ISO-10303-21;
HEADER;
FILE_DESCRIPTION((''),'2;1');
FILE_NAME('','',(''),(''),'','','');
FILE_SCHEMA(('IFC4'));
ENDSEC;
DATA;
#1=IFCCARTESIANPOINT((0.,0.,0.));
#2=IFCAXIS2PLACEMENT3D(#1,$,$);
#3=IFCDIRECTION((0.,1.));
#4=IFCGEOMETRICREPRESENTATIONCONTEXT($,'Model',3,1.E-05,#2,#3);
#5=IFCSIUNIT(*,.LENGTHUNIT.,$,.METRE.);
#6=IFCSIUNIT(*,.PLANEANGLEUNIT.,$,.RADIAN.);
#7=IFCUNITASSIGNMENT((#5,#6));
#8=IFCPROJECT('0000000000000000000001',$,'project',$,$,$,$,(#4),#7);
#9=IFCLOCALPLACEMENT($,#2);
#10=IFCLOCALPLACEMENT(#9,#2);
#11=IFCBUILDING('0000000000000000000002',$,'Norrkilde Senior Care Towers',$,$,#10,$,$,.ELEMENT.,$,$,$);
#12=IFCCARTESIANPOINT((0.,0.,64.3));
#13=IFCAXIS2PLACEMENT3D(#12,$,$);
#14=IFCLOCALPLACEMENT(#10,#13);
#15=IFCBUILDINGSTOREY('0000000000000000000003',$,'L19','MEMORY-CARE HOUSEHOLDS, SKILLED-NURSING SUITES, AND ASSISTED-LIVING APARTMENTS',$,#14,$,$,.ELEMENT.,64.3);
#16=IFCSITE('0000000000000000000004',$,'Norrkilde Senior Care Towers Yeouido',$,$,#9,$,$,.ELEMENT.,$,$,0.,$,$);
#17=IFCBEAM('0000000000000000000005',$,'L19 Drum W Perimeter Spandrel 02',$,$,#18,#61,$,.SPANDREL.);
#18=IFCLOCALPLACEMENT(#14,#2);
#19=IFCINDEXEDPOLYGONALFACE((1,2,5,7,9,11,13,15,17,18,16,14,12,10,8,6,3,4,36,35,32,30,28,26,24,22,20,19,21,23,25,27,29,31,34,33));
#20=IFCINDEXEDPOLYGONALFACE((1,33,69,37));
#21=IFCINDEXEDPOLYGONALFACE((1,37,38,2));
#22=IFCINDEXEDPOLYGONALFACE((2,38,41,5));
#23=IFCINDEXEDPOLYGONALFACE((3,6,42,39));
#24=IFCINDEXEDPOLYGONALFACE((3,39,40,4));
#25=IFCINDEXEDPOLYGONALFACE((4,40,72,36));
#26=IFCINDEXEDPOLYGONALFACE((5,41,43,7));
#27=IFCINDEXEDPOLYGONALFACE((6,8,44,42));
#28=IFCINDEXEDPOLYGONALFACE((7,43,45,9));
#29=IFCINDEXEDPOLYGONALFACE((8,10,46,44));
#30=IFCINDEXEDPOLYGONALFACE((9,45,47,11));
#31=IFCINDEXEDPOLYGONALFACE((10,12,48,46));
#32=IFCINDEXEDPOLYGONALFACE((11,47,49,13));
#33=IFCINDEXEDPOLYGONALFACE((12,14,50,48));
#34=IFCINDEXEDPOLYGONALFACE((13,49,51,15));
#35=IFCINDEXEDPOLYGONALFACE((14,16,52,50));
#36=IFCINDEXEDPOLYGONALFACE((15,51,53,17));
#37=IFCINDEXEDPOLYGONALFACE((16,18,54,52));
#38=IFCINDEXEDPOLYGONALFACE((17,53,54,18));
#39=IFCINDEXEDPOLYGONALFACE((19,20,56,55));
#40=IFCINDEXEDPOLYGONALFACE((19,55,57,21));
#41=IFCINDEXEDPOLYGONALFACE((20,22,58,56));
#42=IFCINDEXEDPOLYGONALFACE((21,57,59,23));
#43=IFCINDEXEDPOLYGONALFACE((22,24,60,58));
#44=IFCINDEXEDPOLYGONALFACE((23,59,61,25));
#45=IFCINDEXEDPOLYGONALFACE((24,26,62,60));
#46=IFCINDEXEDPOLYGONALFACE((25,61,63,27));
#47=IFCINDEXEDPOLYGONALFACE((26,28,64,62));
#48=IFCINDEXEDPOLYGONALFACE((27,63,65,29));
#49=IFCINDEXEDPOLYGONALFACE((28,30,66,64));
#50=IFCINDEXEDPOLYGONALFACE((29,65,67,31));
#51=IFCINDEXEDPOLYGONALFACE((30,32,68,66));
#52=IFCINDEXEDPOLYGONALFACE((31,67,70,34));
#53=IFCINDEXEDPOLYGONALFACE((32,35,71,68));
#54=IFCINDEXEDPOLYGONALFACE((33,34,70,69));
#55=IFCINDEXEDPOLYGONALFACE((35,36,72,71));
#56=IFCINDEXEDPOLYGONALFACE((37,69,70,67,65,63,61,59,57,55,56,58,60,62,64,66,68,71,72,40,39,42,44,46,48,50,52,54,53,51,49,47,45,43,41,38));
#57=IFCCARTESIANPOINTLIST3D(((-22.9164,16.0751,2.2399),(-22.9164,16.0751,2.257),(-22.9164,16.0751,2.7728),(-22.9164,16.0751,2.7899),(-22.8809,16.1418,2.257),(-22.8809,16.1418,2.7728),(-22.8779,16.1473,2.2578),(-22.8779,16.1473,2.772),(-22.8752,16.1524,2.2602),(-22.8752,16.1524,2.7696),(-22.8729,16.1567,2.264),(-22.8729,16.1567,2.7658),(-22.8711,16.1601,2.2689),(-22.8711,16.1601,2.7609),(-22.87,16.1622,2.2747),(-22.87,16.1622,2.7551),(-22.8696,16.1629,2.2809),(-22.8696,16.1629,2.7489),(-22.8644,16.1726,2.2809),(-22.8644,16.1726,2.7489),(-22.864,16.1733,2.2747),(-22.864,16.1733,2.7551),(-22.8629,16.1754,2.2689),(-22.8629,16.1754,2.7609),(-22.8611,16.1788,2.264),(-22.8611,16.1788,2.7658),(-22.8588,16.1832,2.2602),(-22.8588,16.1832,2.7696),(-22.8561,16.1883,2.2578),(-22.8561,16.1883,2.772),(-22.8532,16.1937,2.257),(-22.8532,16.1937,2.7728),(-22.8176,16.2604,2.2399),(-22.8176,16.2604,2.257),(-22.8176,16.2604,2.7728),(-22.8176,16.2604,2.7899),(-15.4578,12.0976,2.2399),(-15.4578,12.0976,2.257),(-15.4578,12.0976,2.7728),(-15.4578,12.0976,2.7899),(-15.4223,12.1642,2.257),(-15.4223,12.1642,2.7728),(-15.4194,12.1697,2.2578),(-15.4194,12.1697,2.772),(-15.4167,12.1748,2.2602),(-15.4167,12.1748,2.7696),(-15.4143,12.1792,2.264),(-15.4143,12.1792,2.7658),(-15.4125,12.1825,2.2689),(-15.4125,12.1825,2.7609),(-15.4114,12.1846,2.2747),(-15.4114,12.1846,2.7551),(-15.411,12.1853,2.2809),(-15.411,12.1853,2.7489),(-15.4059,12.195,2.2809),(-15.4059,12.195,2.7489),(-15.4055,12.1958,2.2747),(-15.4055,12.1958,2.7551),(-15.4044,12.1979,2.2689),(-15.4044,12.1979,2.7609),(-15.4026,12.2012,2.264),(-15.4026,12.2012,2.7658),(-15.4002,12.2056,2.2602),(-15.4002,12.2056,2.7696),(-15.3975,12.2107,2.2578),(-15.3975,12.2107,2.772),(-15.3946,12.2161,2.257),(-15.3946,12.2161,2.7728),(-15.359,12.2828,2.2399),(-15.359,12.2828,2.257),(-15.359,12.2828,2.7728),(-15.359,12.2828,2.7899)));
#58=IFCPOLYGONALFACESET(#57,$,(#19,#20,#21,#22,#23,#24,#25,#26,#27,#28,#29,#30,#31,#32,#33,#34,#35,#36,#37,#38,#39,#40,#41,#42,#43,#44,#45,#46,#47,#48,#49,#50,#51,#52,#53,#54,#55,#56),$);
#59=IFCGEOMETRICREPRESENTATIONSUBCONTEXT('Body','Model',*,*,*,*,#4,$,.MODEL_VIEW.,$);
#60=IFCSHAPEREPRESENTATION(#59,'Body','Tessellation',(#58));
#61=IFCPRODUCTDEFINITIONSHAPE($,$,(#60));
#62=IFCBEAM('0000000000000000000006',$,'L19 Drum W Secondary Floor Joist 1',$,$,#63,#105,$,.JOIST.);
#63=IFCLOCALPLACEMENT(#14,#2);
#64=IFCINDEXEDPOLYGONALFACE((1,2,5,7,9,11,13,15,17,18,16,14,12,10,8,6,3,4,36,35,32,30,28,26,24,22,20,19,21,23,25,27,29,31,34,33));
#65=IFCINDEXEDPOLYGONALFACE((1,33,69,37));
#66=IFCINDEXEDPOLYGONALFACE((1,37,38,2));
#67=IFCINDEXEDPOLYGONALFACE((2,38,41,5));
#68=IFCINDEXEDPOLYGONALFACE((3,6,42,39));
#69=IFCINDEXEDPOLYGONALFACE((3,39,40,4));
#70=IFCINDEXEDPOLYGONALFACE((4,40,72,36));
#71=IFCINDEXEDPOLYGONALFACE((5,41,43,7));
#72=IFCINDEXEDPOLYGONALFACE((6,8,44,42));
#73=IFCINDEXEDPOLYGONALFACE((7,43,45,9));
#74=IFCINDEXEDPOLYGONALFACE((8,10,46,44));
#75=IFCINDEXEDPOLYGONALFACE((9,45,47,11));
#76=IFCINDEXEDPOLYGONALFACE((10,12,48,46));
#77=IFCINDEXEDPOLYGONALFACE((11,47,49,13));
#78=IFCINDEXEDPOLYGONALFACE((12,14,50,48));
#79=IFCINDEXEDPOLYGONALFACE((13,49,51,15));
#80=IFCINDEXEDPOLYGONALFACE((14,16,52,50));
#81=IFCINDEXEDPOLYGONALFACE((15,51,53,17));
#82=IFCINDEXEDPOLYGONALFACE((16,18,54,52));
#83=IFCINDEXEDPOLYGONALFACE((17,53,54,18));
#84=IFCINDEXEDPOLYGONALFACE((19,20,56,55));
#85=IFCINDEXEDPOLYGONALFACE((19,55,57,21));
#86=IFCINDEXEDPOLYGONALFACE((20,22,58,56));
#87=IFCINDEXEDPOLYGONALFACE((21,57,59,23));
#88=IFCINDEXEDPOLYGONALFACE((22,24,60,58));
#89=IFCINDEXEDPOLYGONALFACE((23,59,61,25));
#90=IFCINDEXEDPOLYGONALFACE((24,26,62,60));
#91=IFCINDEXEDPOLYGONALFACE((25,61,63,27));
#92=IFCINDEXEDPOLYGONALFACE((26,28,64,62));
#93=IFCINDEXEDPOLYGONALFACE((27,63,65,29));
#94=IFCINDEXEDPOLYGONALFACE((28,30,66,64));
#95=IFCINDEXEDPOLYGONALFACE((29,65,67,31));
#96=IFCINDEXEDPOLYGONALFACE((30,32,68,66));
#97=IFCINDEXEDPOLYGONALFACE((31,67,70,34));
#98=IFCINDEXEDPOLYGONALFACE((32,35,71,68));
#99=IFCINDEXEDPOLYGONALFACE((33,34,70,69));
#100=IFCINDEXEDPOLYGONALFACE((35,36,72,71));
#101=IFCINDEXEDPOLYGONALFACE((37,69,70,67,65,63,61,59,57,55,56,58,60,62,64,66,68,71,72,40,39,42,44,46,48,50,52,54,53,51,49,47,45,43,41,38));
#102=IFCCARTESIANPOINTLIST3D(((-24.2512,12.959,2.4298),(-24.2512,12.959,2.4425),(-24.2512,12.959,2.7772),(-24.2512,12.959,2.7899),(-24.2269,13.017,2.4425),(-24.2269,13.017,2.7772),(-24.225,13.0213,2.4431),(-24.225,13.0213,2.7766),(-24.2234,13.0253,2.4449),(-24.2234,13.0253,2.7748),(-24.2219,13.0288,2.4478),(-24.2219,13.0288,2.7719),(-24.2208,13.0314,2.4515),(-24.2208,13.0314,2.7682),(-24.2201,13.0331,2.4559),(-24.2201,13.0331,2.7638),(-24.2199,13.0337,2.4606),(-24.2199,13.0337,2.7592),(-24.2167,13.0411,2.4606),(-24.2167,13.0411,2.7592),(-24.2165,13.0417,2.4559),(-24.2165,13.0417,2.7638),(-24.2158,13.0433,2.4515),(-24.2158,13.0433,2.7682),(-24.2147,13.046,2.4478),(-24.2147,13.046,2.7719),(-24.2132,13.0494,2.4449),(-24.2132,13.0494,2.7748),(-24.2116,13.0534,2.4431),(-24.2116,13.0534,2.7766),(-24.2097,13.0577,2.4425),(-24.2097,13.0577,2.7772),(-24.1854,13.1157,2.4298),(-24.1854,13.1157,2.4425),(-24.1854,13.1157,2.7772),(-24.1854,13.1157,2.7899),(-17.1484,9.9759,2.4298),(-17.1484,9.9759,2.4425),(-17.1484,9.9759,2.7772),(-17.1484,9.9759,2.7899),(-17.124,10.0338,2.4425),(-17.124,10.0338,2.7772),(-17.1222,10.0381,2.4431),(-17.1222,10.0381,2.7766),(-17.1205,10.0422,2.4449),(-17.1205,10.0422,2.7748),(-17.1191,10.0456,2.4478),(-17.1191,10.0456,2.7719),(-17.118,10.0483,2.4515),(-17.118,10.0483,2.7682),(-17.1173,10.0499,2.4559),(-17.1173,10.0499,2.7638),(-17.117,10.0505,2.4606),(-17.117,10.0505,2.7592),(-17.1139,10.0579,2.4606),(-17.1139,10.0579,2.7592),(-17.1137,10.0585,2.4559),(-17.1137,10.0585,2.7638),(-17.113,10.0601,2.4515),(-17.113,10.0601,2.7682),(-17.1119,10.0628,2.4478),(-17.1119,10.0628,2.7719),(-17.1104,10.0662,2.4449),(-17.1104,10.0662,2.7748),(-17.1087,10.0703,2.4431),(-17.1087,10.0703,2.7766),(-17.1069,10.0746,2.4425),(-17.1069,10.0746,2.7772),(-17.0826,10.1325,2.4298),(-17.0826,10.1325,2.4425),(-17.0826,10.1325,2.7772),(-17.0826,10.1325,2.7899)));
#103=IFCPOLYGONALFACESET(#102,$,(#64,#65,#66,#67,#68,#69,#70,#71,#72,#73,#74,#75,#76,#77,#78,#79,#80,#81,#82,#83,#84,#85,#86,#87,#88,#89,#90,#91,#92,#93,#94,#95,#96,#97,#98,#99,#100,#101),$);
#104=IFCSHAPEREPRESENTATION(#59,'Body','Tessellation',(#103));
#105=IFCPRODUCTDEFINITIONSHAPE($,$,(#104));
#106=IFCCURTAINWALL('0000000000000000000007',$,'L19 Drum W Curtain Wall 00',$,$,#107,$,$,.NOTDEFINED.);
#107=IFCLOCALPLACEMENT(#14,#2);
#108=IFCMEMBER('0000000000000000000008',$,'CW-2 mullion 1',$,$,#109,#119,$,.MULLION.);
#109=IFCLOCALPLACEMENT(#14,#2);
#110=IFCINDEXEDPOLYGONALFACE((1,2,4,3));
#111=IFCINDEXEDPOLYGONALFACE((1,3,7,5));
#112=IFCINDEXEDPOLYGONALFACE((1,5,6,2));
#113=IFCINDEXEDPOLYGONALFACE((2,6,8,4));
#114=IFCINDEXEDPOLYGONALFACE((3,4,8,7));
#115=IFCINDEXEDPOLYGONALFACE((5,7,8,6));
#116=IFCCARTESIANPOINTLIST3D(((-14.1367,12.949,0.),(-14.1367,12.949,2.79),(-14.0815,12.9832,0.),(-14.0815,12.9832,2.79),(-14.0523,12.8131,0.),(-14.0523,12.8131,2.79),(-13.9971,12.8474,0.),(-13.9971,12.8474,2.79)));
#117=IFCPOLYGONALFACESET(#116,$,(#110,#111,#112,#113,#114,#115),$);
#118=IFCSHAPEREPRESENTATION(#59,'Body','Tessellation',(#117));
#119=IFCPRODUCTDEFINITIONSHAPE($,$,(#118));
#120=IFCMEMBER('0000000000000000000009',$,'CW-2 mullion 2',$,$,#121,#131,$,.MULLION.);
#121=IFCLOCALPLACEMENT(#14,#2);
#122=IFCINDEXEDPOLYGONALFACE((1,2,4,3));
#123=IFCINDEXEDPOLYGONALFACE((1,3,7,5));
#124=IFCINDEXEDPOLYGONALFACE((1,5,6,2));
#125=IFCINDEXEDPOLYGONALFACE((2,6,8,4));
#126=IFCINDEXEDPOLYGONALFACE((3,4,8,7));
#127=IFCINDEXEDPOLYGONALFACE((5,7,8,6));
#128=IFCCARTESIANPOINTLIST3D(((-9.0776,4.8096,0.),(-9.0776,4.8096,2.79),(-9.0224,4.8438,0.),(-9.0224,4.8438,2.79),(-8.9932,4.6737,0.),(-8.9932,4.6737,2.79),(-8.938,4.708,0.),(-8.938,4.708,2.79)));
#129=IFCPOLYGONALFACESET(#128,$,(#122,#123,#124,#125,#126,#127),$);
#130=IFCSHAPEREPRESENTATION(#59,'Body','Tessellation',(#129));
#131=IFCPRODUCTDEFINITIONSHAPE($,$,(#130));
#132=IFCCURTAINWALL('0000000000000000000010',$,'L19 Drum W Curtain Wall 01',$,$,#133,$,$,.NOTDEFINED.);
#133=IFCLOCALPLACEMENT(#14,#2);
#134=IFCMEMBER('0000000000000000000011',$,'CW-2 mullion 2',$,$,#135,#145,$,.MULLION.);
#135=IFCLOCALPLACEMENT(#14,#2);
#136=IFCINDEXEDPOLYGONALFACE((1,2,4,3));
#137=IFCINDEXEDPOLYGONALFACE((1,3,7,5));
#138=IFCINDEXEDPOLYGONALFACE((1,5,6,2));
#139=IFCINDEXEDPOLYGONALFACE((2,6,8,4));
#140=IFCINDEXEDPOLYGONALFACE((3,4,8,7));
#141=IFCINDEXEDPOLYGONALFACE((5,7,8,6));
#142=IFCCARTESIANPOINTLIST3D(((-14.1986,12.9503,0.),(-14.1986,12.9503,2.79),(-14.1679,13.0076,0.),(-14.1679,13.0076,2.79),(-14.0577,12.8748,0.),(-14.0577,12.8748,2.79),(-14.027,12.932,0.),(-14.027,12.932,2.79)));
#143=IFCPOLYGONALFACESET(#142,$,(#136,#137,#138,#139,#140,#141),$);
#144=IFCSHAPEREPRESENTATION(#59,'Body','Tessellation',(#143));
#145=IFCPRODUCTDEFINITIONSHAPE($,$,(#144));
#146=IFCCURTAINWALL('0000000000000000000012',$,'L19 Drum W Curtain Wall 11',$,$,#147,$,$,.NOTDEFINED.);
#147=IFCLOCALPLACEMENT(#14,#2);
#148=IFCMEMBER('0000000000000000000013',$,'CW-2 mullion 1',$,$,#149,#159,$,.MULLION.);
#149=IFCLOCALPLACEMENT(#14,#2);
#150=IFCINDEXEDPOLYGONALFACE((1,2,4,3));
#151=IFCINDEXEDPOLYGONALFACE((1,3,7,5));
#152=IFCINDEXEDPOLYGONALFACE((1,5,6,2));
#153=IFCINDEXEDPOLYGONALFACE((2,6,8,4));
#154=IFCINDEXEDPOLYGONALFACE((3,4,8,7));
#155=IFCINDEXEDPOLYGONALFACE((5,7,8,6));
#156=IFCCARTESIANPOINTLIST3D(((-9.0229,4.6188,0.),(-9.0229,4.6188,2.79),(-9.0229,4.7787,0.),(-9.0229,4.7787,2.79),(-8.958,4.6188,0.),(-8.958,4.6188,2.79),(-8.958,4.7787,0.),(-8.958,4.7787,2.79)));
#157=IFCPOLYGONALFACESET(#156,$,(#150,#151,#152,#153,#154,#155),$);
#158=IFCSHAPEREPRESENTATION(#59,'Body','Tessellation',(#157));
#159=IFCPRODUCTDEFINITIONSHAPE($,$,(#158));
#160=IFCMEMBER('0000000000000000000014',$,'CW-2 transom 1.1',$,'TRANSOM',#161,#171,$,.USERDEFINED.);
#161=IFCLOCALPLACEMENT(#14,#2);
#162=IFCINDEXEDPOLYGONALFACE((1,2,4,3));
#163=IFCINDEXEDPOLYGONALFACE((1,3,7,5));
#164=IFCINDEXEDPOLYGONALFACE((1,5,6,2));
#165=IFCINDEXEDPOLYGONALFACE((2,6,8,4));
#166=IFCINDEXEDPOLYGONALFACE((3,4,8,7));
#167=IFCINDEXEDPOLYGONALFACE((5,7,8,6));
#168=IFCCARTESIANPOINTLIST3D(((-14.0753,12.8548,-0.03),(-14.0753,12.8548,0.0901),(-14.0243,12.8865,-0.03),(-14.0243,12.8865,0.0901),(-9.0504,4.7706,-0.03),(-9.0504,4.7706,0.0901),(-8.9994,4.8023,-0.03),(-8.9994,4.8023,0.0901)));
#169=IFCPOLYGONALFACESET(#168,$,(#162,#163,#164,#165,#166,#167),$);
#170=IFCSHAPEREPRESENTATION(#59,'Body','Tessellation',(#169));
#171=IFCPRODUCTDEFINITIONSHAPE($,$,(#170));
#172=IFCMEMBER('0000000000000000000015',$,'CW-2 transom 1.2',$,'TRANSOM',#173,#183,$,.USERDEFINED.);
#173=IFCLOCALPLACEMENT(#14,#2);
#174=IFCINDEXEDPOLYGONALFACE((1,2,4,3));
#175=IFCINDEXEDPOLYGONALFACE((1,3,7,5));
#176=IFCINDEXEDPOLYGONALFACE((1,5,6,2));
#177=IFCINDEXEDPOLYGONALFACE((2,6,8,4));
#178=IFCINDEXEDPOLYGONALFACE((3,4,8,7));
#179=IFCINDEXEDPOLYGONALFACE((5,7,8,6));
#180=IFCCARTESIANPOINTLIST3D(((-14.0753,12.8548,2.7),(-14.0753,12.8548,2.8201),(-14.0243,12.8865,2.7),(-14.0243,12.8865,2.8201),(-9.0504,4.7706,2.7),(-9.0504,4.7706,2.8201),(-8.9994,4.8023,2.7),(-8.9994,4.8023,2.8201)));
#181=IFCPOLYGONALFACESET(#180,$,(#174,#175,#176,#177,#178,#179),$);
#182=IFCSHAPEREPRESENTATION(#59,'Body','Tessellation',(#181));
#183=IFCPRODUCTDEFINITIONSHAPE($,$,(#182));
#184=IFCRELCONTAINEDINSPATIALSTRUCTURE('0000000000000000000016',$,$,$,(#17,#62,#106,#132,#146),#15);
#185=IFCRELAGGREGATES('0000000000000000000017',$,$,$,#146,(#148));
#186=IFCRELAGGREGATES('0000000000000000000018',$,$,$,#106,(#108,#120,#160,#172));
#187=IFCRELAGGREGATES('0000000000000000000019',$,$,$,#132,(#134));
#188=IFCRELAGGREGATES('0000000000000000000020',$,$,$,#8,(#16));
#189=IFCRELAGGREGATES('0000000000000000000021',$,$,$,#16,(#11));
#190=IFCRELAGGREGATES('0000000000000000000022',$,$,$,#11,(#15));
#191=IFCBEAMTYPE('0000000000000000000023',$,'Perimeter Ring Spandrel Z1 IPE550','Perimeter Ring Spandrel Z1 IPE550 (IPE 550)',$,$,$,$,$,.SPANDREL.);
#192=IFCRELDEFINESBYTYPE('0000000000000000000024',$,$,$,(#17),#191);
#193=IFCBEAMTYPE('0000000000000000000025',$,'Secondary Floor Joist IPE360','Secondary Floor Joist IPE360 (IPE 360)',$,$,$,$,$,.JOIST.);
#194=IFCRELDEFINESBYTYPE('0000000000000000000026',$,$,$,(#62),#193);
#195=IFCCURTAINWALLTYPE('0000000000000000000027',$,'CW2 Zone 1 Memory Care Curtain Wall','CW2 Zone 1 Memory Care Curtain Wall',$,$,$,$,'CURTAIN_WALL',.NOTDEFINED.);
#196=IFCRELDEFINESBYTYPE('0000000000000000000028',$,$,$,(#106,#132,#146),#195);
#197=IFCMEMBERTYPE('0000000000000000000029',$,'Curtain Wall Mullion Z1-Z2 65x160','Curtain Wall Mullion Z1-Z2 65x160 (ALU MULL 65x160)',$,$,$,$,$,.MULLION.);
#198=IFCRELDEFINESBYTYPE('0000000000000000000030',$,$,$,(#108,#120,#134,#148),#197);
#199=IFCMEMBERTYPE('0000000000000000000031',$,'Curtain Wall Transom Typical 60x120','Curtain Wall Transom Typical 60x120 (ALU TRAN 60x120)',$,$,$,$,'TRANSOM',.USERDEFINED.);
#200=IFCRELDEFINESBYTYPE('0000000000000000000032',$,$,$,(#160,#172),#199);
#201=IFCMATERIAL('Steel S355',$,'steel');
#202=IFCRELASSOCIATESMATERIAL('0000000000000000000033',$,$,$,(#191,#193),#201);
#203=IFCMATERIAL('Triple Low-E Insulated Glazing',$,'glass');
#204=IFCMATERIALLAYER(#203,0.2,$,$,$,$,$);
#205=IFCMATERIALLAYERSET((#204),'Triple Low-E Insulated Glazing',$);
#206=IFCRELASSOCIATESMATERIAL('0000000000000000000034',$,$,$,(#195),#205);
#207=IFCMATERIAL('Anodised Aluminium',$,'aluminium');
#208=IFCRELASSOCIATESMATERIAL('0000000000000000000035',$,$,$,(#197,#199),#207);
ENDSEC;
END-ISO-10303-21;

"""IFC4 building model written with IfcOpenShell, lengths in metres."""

from ifc_helpers import new_model, si_unit, direction, frame, origin, origin_2d, place, context, subcontext, project, spatial, rectangle, i_section, extrude, source, transform, mapped, material, layer, layer_set, material_profile, profile_set, type_object, type_shapes, element, aggregate, save


model = new_model("IFC4")

# Units and contexts
model_context = context("Model", 3, precision=1e-05, world=origin(), true_north=direction((0.0, 1.0)))
body_context = subcontext(model_context, "Body", "Model", "MODEL_VIEW")
ifc_project = project(units=[si_unit("LENGTHUNIT", "METRE"), si_unit("PLANEANGLEUNIT", "RADIAN")], contexts=[model_context])

# Site, building, storey
site_placement = place(None, origin())
site = spatial("IfcSite", under=ifc_project, at=site_placement, Name="Norrkilde Senior Care Towers Yeouido", CompositionType="ELEMENT", RefElevation=0.0)
building_placement = place(site_placement, origin())
building = spatial("IfcBuilding", under=site, at=building_placement, Name="Norrkilde Senior Care Towers", CompositionType="ELEMENT")
storey_placement = place(building_placement, frame((0.0, 0.0, 64.3)))
storey = spatial("IfcBuildingStorey", under=building, at=storey_placement, Name="L19", Description="MEMORY-CARE HOUSEHOLDS, SKILLED-NURSING SUITES, AND ASSISTED-LIVING APARTMENTS", CompositionType="ELEMENT", Elevation=64.3)

# Beams
ifc_material_1 = material(Name="Steel S355", Category="steel")
ifc_material_profile_1 = material_profile(ifc_material_1, i_section(OverallWidth=0.21, OverallDepth=0.55, WebThickness=0.011, FlangeThickness=0.0171, FilletRadius=0.0239, at=origin_2d()), Name="IPE 550")
ifc_profile_set_1 = profile_set([ifc_material_profile_1], Name="Steel S355")
beam_type_1 = type_object("IfcBeamType", Name="Perimeter Ring Spandrel Z1 IPE550", Description="Perimeter Ring Spandrel Z1 IPE550 (IPE 550)", PredefinedType="SPANDREL", material=ifc_profile_set_1)
shared_shape_1 = source(origin(), body_context, "Body", "SweptSolid", [
    extrude(i_section(OverallWidth=0.21, OverallDepth=0.55, WebThickness=0.011, FlangeThickness=0.0171, FilletRadius=0.0239, at=origin_2d()), origin(), (0.0, 0.0, 1.0), 8.4529),
])
beam_1_placement = place(storey_placement, frame((-15.4084, 12.1902, 2.5149), z_axis=(-0.882369, 0.470558, 0.0), x_axis=(-0.470558, -0.882369, 0.0)))
element("IfcBeam", 1, at=beam_1_placement, inside=storey, type_object=beam_type_1, Name="L19 Drum W Perimeter Spandrel 02", PredefinedType="SPANDREL", context=body_context, shape_type="MappedRepresentation", body=[
    mapped(shared_shape_1, transform((0.0, 0.0, 0.0), x_axis=(1.0, 0.0, 0.0), y_axis=(0.0, 1.0, 0.0), z_axis=(0.0, 0.0, 1.0), scale=1.0)),
])
ifc_material_profile_2 = material_profile(ifc_material_1, i_section(OverallWidth=0.1699, OverallDepth=0.3601, WebThickness=0.0081, FlangeThickness=0.0127, FilletRadius=0.0181, at=origin_2d()), Name="IPE 360")
ifc_profile_set_2 = profile_set([ifc_material_profile_2], Name="Steel S355")
beam_type_2 = type_object("IfcBeamType", Name="Secondary Floor Joist IPE360", Description="Secondary Floor Joist IPE360 (IPE 360)", PredefinedType="JOIST", material=ifc_profile_set_2)
shared_shape_2 = source(origin(), body_context, "Body", "SweptSolid", [
    extrude(i_section(OverallWidth=0.1699, OverallDepth=0.3601, WebThickness=0.0081, FlangeThickness=0.0127, FilletRadius=0.0181, at=origin_2d()), origin(), (0.0, 0.0, 1.0), 7.7039),
])
type_shapes(beam_type_2, [shared_shape_2])
beam_2_placement = place(storey_placement, frame((-17.1155, 10.0542, 2.6099), z_axis=(-0.921983, 0.387231, 0.0), x_axis=(-0.387231, -0.921983, 0.0)))
element("IfcBeam", 2, at=beam_2_placement, inside=storey, type_object=beam_type_2, Name="L19 Drum W Secondary Floor Joist 1", PredefinedType="JOIST", context=body_context, shape_type="MappedRepresentation", body=[
    mapped(shared_shape_2, transform((0.0, 0.0, 0.0), x_axis=(1.0, 0.0, 0.0), y_axis=(0.0, 1.0, 0.0), z_axis=(0.0, 0.0, 1.0), scale=1.0)),
])

# Curtain wall, members
ifc_material_2 = material(Name="Triple Low-E Insulated Glazing", Category="glass")
ifc_layer_1 = layer(ifc_material_2, 0.2)
ifc_layer_set_1 = layer_set([ifc_layer_1], Name="Triple Low-E Insulated Glazing")
curtain_wall_type = type_object("IfcCurtainWallType", Name="CW2 Zone 1 Memory Care Curtain Wall", Description="CW2 Zone 1 Memory Care Curtain Wall", ElementType="CURTAIN_WALL", PredefinedType="NOTDEFINED", material=ifc_layer_set_1)
curtain_wall_1_placement = place(storey_placement, origin())
curtain_wall_1 = element("IfcCurtainWall", 3, at=curtain_wall_1_placement, inside=storey, type_object=curtain_wall_type, Name="L19 Drum W Curtain Wall 00", PredefinedType="NOTDEFINED")
ifc_material_3 = material(Name="Anodised Aluminium", Category="aluminium")
ifc_material_profile_3 = material_profile(ifc_material_3, rectangle(XDim=0.0649, YDim=0.1599, at=origin_2d()), Name="ALU MULL 65x160")
ifc_profile_set_3 = profile_set([ifc_material_profile_3], Name="Anodised Aluminium")
member_type_1 = type_object("IfcMemberType", Name="Curtain Wall Mullion Z1-Z2 65x160", Description="Curtain Wall Mullion Z1-Z2 65x160 (ALU MULL 65x160)", PredefinedType="MULLION", material=ifc_profile_set_3)
shared_shape_3 = source(origin(), body_context, "Body", "SweptSolid", [
    extrude(rectangle(XDim=0.0649, YDim=0.1599, at=origin_2d()), origin(), (0.0, 0.0, 1.0), 2.79),
])
type_shapes(member_type_1, [shared_shape_3])
member_1_placement = place(storey_placement, frame((-14.0669, 12.8982, 0.0), z_axis=(0.0, 0.0, 1.0), x_axis=(0.849306, 0.527901, 0.0)))
member_1 = element("IfcMember", 4, at=member_1_placement, type_object=member_type_1, Name="CW-2 mullion 1", PredefinedType="MULLION", context=body_context, shape_type="MappedRepresentation", body=[
    mapped(shared_shape_3, transform((0.0, 0.0, 0.0), x_axis=(1.0, 0.0, 0.0), y_axis=(0.0, 1.0, 0.0), z_axis=(0.0, 0.0, 1.0), scale=1.0)),
])
member_2_placement = place(storey_placement, frame((-9.0078, 4.7588, 0.0), z_axis=(0.0, 0.0, 1.0), x_axis=(0.849306, 0.527901, 0.0)))
member_2 = element("IfcMember", 5, at=member_2_placement, type_object=member_type_1, Name="CW-2 mullion 2", PredefinedType="MULLION", context=body_context, shape_type="MappedRepresentation", body=[
    mapped(shared_shape_3, transform((0.0, 0.0, 0.0), x_axis=(1.0, 0.0, 0.0), y_axis=(0.0, 1.0, 0.0), z_axis=(0.0, 0.0, 1.0), scale=1.0)),
])

# Curtain walls, members
curtain_wall_2_placement = place(storey_placement, origin())
curtain_wall_2 = element("IfcCurtainWall", 6, at=curtain_wall_2_placement, inside=storey, type_object=curtain_wall_type, Name="L19 Drum W Curtain Wall 01", PredefinedType="NOTDEFINED")
member_3_placement = place(storey_placement, frame((-14.1128, 12.9412, 0.0), z_axis=(0.0, 0.0, 1.0), x_axis=(0.472608, 0.881273, 0.0)))
member_3 = element("IfcMember", 7, at=member_3_placement, type_object=member_type_1, Name="CW-2 mullion 2", PredefinedType="MULLION", context=body_context, shape_type="MappedRepresentation", body=[
    mapped(shared_shape_3, transform((0.0, 0.0, 0.0), x_axis=(1.0, 0.0, 0.0), y_axis=(0.0, 1.0, 0.0), z_axis=(0.0, 0.0, 1.0), scale=1.0)),
])
curtain_wall_3_placement = place(storey_placement, origin())
curtain_wall_3 = element("IfcCurtainWall", 8, at=curtain_wall_3_placement, inside=storey, type_object=curtain_wall_type, Name="L19 Drum W Curtain Wall 11", PredefinedType="NOTDEFINED")
member_4_placement = place(storey_placement, frame((-8.9905, 4.6987, 0.0), z_axis=(0.0, 0.0, 1.0), x_axis=(1.0, 0.0, 0.0)))
member_4 = element("IfcMember", 9, at=member_4_placement, type_object=member_type_1, Name="CW-2 mullion 1", PredefinedType="MULLION", context=body_context, shape_type="MappedRepresentation", body=[
    mapped(shared_shape_3, transform((0.0, 0.0, 0.0), x_axis=(1.0, 0.0, 0.0), y_axis=(0.0, 1.0, 0.0), z_axis=(0.0, 0.0, 1.0), scale=1.0)),
])

# Members
ifc_material_profile_4 = material_profile(ifc_material_3, rectangle(XDim=0.0601, YDim=0.1201, at=origin_2d()), Name="ALU TRAN 60x120")
ifc_profile_set_4 = profile_set([ifc_material_profile_4], Name="Anodised Aluminium")
member_type_2 = type_object("IfcMemberType", Name="Curtain Wall Transom Typical 60x120", Description="Curtain Wall Transom Typical 60x120 (ALU TRAN 60x120)", ElementType="TRANSOM", PredefinedType="USERDEFINED", material=ifc_profile_set_4)
shared_shape_4 = source(origin(), body_context, "Body", "SweptSolid", [
    extrude(rectangle(XDim=0.0601, YDim=0.1201, at=origin_2d()), origin(), (0.0, 0.0, 1.0), 9.5186),
])
member_5_placement = place(storey_placement, frame((-14.0498, 12.8706, 0.03), z_axis=(0.527902, -0.849306, 0.0), x_axis=(0.849306, 0.527902, 0.0)))
member_5 = element("IfcMember", 10, at=member_5_placement, type_object=member_type_2, Name="CW-2 transom 1.1", ObjectType="TRANSOM", PredefinedType="USERDEFINED", context=body_context, shape_type="MappedRepresentation", body=[
    mapped(shared_shape_4, transform((0.0, 0.0, 0.0), x_axis=(1.0, 0.0, 0.0), y_axis=(0.0, 1.0, 0.0), z_axis=(0.0, 0.0, 1.0), scale=1.0)),
])
member_6_placement = place(storey_placement, frame((-14.0498, 12.8706, 2.76), z_axis=(0.527902, -0.849306, 0.0), x_axis=(0.849306, 0.527902, 0.0)))
member_6 = element("IfcMember", 11, at=member_6_placement, type_object=member_type_2, Name="CW-2 transom 1.2", ObjectType="TRANSOM", PredefinedType="USERDEFINED", context=body_context, shape_type="MappedRepresentation", body=[
    mapped(shared_shape_4, transform((0.0, 0.0, 0.0), x_axis=(1.0, 0.0, 0.0), y_axis=(0.0, 1.0, 0.0), z_axis=(0.0, 0.0, 1.0), scale=1.0)),
])
aggregate(curtain_wall_3, [member_4])

aggregate(curtain_wall_1, [member_1, member_2, member_5, member_6])
aggregate(curtain_wall_2, [member_3])

save(model, "model.ifc")
